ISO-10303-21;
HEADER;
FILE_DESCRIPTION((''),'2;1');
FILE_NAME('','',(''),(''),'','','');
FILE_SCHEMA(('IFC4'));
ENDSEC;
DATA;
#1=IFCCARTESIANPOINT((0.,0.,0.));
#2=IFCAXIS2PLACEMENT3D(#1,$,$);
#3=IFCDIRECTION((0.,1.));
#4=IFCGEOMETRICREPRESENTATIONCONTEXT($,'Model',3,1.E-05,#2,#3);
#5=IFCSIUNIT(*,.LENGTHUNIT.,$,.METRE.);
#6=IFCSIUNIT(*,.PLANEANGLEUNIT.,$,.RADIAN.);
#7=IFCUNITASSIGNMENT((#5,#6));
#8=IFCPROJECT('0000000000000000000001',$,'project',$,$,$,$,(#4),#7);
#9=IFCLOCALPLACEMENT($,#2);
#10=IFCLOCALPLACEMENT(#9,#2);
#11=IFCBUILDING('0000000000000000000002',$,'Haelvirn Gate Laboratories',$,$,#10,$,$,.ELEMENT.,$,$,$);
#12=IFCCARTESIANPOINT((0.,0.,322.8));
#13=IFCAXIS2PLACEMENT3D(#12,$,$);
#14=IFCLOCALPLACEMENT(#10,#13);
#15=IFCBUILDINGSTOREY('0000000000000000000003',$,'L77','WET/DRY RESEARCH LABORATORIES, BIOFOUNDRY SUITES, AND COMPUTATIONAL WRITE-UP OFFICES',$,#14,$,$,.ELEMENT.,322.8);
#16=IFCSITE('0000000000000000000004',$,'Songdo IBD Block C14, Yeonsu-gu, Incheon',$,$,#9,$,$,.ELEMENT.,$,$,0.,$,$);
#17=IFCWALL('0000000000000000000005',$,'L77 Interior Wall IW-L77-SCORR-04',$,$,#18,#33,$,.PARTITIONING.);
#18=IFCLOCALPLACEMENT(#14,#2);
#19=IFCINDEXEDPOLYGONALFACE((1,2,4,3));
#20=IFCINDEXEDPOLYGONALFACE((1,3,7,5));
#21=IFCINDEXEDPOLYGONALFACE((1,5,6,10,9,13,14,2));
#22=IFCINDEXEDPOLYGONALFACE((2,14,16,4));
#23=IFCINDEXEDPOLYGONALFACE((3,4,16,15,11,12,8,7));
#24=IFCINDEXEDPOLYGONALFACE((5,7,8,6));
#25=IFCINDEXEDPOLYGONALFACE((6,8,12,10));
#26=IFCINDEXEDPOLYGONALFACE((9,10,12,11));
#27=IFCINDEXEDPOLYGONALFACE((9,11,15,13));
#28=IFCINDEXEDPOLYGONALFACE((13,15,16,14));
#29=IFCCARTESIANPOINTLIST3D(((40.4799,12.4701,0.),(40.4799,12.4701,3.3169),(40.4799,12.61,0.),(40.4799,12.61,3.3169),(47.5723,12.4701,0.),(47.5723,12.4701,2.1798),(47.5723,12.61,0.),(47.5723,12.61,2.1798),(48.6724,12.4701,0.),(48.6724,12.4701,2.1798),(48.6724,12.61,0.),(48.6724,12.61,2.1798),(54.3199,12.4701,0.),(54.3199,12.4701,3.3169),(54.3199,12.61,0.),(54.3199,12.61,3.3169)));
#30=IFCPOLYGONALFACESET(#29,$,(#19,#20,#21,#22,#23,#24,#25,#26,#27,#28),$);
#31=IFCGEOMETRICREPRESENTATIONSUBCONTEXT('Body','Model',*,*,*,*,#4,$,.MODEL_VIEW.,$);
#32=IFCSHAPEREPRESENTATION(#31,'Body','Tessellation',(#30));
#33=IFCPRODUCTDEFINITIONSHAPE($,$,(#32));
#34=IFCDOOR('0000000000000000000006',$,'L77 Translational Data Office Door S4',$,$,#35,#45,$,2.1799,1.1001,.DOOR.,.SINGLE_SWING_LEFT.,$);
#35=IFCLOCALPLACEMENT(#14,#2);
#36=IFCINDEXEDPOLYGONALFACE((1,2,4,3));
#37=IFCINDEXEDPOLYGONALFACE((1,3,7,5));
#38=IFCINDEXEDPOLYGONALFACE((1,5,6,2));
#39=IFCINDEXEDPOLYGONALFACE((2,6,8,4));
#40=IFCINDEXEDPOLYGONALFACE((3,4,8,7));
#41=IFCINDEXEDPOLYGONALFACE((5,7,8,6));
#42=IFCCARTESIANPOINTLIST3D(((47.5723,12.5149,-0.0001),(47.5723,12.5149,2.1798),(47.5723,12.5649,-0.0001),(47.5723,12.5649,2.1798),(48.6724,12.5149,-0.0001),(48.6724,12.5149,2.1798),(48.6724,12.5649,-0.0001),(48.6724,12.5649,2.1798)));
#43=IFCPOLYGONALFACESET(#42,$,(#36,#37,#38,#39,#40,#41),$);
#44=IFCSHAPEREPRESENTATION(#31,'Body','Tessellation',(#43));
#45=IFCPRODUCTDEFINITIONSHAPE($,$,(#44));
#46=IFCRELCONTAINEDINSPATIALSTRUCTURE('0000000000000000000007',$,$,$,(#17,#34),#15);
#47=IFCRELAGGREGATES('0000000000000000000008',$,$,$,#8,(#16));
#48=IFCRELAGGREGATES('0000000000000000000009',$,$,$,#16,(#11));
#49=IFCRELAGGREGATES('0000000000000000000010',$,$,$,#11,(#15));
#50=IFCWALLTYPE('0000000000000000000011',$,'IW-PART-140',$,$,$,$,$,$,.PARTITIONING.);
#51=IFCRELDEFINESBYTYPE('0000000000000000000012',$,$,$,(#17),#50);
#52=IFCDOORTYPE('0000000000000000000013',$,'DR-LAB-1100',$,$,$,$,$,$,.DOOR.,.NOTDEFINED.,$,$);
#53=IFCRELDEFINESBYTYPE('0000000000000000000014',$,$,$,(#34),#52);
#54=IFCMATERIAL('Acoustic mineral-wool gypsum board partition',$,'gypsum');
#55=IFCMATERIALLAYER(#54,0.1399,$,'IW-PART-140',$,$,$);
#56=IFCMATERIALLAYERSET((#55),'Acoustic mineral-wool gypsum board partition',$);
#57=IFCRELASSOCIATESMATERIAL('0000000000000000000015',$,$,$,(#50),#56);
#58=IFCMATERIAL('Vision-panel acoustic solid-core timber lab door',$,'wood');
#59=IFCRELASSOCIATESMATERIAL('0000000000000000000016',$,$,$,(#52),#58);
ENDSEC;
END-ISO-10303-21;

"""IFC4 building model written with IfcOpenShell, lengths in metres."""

from ifc_helpers import new_model, si_unit, direction, frame, frame_2d, origin, place, context, subcontext, project, spatial, rectangle, extrude, source, transform, mapped, material, layer, layer_set, type_object, type_shapes, element, fill, save


model = new_model("IFC4")

# Units and contexts
model_context = context("Model", 3, precision=1e-05, world=origin(), true_north=direction((0.0, 1.0)))
body_context = subcontext(model_context, "Body", "Model", "MODEL_VIEW")
ifc_project = project(units=[si_unit("LENGTHUNIT", "METRE"), si_unit("PLANEANGLEUNIT", "RADIAN")], contexts=[model_context])

# Site, building, storey
site_placement = place(None, origin())
site = spatial("IfcSite", under=ifc_project, at=site_placement, Name="Songdo IBD Block C14, Yeonsu-gu, Incheon", CompositionType="ELEMENT", RefElevation=0.0)
building_placement = place(site_placement, origin())
building = spatial("IfcBuilding", under=site, at=building_placement, Name="Haelvirn Gate Laboratories", CompositionType="ELEMENT")
storey_placement = place(building_placement, frame((0.0, 0.0, 322.8)))
storey = spatial("IfcBuildingStorey", under=building, at=storey_placement, Name="L77", Description="WET/DRY RESEARCH LABORATORIES, BIOFOUNDRY SUITES, AND COMPUTATIONAL WRITE-UP OFFICES", CompositionType="ELEMENT", Elevation=322.8)

# Wall, opening, door
ifc_material_1 = material(Name="Acoustic mineral-wool gypsum board partition", Category="gypsum")
ifc_layer_1 = layer(ifc_material_1, 0.1399, Name="IW-PART-140")
ifc_layer_set_1 = layer_set([ifc_layer_1], Name="Acoustic mineral-wool gypsum board partition")
wall_type_1 = type_object("IfcWallType", Name="IW-PART-140", PredefinedType="PARTITIONING", material=ifc_layer_set_1)
wall_1_placement = place(storey_placement, frame((40.48, 12.54, 0.0), z_axis=(0.0, 0.0, 1.0), x_axis=(1.0, 0.0, 0.0)))
wall_1 = element("IfcWall", 1, at=wall_1_placement, inside=storey, type_object=wall_type_1, Name="L77 Interior Wall IW-L77-SCORR-04", PredefinedType="PARTITIONING", context=body_context, shape_type="SweptSolid", body=[
    extrude(rectangle(XDim=13.8401, YDim=0.1399, at=frame_2d((6.9199, 0.0))), origin(), (0.0, 0.0, 1.0), 3.3169),
])
opening_placement = place(wall_1_placement, frame((7.0923, 0.0, 0.0)))
opening = element("IfcOpeningElement", 2, at=opening_placement, cuts=wall_1, PredefinedType="OPENING", context=body_context, shape_type="SweptSolid", body=[
    extrude(rectangle(XDim=1.1001, YDim=2.1799, at=frame_2d((0.55, 1.0898))), frame((0.0, 0.0801, 0.0), z_axis=(0.0, -1.0, 0.0), x_axis=(1.0, 0.0, 0.0)), (0.0, 0.0, 1.0), 0.1599),
])
ifc_material_2 = material(Name="Vision-panel acoustic solid-core timber lab door", Category="wood")
door_type = type_object("IfcDoorType", Name="DR-LAB-1100", OperationType="NOTDEFINED", PredefinedType="DOOR", material=ifc_material_2)
shared_shape_1 = source(origin(), body_context, "Body", "SweptSolid", [
    extrude(rectangle(XDim=1.1001, YDim=2.1799, at=frame_2d((0.55, 1.0898))), frame((0.0, 0.0249, 0.0), z_axis=(0.0, -1.0, 0.0), x_axis=(1.0, 0.0, 0.0)), (0.0, 0.0, 1.0), 0.05),
])
type_shapes(door_type, [shared_shape_1])
door_placement = place(opening_placement, origin())
door = element("IfcDoor", 3, at=door_placement, inside=storey, type_object=door_type, Name="L77 Translational Data Office Door S4", OperationType="SINGLE_SWING_LEFT", OverallHeight=2.1799, OverallWidth=1.1001, PredefinedType="DOOR", context=body_context, shape_type="MappedRepresentation", body=[
    mapped(shared_shape_1, transform((0.0, 0.0, 0.0), scale=1.0)),
])
fill(opening, door)

save(model, "model.ifc")
